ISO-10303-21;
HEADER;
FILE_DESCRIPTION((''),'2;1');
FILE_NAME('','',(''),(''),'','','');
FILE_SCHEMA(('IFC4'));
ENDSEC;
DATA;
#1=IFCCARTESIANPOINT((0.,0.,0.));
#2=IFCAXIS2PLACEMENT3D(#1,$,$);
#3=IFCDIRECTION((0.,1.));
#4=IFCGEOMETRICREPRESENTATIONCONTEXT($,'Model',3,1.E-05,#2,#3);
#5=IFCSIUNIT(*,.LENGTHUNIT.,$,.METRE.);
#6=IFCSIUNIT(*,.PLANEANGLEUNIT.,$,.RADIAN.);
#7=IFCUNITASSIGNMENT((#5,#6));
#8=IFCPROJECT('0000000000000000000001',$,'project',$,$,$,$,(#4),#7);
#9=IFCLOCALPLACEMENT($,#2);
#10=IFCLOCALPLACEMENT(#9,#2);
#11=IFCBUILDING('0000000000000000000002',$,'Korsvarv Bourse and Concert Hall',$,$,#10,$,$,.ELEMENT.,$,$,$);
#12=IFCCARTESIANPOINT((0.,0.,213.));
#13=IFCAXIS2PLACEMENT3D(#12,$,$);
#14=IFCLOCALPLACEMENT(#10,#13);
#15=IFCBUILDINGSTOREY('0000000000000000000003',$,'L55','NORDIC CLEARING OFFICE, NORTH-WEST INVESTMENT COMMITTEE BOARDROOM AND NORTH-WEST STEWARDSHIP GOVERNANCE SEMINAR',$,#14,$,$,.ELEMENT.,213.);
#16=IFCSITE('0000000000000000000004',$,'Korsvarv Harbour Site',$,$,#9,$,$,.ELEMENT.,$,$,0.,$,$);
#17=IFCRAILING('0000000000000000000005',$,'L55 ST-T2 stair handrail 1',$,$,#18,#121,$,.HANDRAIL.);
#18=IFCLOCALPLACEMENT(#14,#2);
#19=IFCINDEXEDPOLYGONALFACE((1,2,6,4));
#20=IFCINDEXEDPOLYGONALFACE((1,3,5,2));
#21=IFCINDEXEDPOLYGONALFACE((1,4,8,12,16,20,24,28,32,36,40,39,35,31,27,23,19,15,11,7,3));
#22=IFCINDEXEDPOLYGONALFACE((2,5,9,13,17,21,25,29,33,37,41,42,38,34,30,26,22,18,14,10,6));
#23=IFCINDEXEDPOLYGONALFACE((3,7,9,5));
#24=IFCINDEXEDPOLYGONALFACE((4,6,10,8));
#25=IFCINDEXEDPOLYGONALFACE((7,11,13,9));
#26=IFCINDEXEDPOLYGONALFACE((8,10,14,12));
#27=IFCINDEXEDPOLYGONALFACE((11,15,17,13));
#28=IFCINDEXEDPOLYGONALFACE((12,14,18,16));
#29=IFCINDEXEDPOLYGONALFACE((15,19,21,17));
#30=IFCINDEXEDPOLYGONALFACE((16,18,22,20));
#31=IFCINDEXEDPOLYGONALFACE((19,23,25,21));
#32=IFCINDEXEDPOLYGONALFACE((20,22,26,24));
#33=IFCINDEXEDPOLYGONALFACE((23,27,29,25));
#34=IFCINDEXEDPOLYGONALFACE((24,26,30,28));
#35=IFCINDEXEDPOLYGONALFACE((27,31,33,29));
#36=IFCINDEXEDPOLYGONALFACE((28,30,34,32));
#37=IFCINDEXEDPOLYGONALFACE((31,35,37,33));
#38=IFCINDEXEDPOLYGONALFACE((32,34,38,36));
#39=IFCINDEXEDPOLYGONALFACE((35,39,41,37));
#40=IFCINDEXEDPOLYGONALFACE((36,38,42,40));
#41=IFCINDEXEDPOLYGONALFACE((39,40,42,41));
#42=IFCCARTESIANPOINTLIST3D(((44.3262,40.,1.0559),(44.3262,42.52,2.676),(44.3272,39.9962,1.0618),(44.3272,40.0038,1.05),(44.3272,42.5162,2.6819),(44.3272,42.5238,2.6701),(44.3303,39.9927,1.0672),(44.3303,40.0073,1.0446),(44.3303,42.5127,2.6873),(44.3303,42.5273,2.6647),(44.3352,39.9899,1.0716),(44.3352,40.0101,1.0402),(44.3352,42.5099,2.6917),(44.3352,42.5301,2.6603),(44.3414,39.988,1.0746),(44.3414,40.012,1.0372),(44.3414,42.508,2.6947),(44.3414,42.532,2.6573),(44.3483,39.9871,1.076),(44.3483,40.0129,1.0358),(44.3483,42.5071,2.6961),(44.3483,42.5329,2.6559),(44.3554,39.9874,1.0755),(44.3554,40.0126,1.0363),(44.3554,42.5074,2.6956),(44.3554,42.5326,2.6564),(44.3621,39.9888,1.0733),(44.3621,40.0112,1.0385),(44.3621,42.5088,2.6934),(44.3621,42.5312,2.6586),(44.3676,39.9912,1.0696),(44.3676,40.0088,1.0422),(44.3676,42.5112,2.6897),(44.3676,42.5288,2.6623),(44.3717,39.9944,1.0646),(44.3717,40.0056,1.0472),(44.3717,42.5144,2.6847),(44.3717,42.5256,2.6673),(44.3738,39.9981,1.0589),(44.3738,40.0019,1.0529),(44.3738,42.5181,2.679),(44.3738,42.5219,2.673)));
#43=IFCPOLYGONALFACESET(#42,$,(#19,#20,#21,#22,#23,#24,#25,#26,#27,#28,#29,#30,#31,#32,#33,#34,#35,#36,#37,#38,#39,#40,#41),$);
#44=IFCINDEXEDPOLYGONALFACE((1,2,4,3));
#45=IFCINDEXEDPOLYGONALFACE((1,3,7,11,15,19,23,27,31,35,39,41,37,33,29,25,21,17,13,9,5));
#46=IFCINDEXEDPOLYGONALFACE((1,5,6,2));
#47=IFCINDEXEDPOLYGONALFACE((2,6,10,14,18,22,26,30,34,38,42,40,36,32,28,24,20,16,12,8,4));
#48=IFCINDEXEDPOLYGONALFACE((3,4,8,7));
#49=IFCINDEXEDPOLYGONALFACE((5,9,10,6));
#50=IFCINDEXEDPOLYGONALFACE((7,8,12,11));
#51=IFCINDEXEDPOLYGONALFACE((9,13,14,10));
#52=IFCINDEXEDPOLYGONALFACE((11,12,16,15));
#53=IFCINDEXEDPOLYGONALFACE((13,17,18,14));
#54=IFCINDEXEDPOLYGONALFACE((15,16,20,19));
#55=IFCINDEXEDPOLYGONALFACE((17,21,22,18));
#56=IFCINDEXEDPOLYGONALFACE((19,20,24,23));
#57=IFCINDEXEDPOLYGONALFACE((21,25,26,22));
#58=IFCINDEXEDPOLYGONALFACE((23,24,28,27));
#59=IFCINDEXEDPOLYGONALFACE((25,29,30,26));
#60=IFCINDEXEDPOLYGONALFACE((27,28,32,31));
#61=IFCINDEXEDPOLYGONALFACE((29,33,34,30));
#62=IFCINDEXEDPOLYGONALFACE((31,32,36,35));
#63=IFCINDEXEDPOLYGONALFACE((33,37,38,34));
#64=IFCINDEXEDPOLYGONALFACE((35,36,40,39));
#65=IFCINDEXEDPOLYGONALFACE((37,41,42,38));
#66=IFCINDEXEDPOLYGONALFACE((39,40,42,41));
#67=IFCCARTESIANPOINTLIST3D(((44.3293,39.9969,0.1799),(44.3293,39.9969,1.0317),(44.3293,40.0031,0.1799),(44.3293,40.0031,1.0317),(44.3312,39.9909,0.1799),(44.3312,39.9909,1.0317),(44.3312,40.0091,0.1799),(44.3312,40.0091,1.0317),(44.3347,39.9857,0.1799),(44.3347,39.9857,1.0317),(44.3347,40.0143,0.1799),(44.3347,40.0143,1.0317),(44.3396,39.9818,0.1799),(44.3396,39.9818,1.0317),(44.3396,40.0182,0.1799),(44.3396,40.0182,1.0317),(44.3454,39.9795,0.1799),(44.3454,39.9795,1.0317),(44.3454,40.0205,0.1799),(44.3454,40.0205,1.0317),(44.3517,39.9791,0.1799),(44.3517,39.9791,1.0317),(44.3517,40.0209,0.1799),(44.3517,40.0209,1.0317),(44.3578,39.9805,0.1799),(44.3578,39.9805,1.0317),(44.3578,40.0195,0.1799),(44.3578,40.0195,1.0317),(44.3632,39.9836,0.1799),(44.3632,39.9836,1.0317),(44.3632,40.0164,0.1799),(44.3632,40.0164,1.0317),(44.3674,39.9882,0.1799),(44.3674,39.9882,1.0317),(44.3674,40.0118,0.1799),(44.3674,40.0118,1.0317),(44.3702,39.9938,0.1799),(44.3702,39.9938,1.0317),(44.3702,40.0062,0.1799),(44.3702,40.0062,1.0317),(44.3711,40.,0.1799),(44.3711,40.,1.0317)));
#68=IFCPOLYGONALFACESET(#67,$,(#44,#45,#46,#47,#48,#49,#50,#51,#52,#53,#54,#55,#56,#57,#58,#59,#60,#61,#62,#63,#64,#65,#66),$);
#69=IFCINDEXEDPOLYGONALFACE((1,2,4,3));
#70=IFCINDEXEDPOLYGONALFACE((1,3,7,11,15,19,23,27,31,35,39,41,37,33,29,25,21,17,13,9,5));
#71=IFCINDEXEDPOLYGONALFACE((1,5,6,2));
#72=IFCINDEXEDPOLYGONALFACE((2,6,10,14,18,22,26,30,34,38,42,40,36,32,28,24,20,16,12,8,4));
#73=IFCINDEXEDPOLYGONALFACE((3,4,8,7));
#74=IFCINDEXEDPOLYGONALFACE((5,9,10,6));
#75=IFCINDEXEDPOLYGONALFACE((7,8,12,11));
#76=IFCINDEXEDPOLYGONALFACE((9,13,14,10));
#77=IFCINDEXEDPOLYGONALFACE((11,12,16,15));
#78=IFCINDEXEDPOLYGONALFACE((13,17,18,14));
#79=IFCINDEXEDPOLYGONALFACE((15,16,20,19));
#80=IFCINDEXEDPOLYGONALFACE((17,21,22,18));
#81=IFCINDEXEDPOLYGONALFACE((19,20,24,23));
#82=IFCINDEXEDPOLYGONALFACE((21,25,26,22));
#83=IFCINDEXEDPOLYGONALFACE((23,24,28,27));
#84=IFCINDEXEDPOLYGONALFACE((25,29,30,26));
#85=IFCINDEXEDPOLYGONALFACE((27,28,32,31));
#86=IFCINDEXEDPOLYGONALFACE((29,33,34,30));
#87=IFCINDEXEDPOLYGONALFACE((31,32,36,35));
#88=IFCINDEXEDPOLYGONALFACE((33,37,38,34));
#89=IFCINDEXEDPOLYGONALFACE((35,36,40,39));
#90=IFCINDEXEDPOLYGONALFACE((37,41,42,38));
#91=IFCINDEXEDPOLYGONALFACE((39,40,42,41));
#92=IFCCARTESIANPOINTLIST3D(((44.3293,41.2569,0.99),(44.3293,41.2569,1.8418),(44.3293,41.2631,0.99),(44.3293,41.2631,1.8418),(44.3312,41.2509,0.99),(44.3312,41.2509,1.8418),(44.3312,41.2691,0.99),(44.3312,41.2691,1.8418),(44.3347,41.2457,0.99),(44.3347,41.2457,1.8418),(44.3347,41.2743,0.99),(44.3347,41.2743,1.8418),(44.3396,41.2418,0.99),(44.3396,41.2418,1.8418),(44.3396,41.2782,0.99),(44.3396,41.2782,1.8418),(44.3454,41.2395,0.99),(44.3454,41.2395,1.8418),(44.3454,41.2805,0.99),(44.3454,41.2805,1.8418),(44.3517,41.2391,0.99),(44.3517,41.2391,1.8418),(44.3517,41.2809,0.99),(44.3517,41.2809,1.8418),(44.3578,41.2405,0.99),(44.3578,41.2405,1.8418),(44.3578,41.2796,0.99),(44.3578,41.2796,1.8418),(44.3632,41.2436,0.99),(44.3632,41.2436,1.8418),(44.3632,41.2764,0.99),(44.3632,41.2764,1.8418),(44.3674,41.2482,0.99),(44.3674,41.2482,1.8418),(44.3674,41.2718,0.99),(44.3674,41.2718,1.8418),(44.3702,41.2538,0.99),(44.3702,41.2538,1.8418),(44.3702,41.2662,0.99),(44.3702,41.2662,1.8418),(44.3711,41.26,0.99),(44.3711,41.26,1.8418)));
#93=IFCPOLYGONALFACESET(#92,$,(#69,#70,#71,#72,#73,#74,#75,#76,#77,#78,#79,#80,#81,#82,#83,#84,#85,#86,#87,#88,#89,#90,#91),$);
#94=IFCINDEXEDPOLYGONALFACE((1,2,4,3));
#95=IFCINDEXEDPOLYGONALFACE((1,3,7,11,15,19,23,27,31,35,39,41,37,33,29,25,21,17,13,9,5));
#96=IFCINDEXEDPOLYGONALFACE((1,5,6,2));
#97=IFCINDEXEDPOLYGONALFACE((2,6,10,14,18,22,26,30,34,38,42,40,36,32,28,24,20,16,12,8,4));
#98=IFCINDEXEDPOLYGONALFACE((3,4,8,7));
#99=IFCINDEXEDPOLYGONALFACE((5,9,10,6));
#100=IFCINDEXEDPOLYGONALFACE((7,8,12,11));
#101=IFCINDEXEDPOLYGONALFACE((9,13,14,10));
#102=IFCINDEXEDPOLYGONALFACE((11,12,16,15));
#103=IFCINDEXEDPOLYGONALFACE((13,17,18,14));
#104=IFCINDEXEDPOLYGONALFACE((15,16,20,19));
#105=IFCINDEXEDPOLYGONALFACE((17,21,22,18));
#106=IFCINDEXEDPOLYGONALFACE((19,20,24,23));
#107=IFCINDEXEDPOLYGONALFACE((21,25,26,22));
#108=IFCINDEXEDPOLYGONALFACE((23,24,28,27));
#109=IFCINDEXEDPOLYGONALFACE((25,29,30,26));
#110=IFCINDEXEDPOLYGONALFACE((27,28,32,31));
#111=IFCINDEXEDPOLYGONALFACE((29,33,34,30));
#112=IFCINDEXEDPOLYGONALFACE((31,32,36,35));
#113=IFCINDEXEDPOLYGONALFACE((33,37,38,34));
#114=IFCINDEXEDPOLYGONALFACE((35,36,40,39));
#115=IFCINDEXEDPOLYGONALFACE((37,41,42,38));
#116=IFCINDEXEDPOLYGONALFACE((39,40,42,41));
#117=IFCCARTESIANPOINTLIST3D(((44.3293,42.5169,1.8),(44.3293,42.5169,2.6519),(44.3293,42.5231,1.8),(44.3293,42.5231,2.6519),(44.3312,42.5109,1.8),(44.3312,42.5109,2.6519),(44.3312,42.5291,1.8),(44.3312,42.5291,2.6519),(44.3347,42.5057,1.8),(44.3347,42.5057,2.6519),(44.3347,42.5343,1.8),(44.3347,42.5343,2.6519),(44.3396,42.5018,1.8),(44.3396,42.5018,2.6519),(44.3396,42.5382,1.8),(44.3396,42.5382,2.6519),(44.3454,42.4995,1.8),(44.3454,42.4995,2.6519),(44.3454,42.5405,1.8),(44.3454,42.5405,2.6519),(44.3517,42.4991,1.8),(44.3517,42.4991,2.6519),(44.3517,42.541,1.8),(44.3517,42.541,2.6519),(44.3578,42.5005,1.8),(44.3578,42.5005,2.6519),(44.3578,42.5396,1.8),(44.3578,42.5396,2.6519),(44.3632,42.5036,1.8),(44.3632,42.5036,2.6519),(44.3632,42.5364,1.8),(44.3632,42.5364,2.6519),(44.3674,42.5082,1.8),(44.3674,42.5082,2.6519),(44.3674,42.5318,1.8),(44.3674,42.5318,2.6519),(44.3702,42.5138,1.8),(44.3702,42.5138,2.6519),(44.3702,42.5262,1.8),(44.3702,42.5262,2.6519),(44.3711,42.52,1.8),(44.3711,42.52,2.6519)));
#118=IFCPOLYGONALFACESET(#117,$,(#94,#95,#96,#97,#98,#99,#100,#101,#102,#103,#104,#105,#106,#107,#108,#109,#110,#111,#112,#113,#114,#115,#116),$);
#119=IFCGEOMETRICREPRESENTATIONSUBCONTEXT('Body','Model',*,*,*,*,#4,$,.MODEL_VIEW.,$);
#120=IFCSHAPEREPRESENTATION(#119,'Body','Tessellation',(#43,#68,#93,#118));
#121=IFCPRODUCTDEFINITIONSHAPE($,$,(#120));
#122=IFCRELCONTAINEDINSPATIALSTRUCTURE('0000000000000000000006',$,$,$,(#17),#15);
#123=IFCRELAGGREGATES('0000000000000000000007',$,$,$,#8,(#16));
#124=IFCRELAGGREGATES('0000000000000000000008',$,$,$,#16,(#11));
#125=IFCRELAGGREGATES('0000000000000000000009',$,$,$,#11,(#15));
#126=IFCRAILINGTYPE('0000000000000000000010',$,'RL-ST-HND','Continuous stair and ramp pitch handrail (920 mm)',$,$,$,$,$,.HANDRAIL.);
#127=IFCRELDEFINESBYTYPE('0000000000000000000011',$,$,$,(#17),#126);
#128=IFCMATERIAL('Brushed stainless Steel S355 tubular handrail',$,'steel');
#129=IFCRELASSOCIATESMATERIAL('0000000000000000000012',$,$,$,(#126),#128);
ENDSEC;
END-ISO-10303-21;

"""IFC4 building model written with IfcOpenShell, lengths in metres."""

from ifc_helpers import new_model, si_unit, direction, frame, origin, origin_2d, place, context, subcontext, project, spatial, circle, extrude, material, type_object, element, save


model = new_model("IFC4")

# Units and contexts
model_context = context("Model", 3, precision=1e-05, world=origin(), true_north=direction((0.0, 1.0)))
body_context = subcontext(model_context, "Body", "Model", "MODEL_VIEW")
ifc_project = project(units=[si_unit("LENGTHUNIT", "METRE"), si_unit("PLANEANGLEUNIT", "RADIAN")], contexts=[model_context])

# Site, building, storey
site_placement = place(None, origin())
site = spatial("IfcSite", under=ifc_project, at=site_placement, Name="Korsvarv Harbour Site", CompositionType="ELEMENT", RefElevation=0.0)
building_placement = place(site_placement, origin())
building = spatial("IfcBuilding", under=site, at=building_placement, Name="Korsvarv Bourse and Concert Hall", CompositionType="ELEMENT")
storey_placement = place(building_placement, frame((0.0, 0.0, 213.0)))
storey = spatial("IfcBuildingStorey", under=building, at=storey_placement, Name="L55", Description="NORDIC CLEARING OFFICE, NORTH-WEST INVESTMENT COMMITTEE BOARDROOM AND NORTH-WEST STEWARDSHIP GOVERNANCE SEMINAR", CompositionType="ELEMENT", Elevation=213.0)

# Railing
ifc_material_1 = material(Name="Brushed stainless Steel S355 tubular handrail", Category="steel")
railing_type = type_object("IfcRailingType", Name="RL-ST-HND", Description="Continuous stair and ramp pitch handrail (920 mm)", PredefinedType="HANDRAIL", material=ifc_material_1)
railing_placement = place(storey_placement, frame((44.3501, 40.0, 0.1799)))
element("IfcRailing", 1, at=railing_placement, inside=storey, type_object=railing_type, Name="L55 ST-T2 stair handrail 1", PredefinedType="HANDRAIL", context=body_context, shape_type="SweptSolid", body=[
    extrude(circle(Radius=0.0239, at=origin_2d()), frame((0.0, 0.0, 0.876), z_axis=(0.0, 0.841163, 0.540782), x_axis=(-1.0, 0.0, 0.0)), (0.0, 0.0, 1.0), 2.9958),
    extrude(circle(Radius=0.021, at=origin_2d()), origin(), (0.0, 0.0, 1.0), 0.8518),
    extrude(circle(Radius=0.021, at=origin_2d()), frame((0.0, 1.26, 0.8101)), (0.0, 0.0, 1.0), 0.8518),
    extrude(circle(Radius=0.021, at=origin_2d()), frame((0.0, 2.52, 1.6201)), (0.0, 0.0, 1.0), 0.8518),
])

save(model, "model.ifc")
